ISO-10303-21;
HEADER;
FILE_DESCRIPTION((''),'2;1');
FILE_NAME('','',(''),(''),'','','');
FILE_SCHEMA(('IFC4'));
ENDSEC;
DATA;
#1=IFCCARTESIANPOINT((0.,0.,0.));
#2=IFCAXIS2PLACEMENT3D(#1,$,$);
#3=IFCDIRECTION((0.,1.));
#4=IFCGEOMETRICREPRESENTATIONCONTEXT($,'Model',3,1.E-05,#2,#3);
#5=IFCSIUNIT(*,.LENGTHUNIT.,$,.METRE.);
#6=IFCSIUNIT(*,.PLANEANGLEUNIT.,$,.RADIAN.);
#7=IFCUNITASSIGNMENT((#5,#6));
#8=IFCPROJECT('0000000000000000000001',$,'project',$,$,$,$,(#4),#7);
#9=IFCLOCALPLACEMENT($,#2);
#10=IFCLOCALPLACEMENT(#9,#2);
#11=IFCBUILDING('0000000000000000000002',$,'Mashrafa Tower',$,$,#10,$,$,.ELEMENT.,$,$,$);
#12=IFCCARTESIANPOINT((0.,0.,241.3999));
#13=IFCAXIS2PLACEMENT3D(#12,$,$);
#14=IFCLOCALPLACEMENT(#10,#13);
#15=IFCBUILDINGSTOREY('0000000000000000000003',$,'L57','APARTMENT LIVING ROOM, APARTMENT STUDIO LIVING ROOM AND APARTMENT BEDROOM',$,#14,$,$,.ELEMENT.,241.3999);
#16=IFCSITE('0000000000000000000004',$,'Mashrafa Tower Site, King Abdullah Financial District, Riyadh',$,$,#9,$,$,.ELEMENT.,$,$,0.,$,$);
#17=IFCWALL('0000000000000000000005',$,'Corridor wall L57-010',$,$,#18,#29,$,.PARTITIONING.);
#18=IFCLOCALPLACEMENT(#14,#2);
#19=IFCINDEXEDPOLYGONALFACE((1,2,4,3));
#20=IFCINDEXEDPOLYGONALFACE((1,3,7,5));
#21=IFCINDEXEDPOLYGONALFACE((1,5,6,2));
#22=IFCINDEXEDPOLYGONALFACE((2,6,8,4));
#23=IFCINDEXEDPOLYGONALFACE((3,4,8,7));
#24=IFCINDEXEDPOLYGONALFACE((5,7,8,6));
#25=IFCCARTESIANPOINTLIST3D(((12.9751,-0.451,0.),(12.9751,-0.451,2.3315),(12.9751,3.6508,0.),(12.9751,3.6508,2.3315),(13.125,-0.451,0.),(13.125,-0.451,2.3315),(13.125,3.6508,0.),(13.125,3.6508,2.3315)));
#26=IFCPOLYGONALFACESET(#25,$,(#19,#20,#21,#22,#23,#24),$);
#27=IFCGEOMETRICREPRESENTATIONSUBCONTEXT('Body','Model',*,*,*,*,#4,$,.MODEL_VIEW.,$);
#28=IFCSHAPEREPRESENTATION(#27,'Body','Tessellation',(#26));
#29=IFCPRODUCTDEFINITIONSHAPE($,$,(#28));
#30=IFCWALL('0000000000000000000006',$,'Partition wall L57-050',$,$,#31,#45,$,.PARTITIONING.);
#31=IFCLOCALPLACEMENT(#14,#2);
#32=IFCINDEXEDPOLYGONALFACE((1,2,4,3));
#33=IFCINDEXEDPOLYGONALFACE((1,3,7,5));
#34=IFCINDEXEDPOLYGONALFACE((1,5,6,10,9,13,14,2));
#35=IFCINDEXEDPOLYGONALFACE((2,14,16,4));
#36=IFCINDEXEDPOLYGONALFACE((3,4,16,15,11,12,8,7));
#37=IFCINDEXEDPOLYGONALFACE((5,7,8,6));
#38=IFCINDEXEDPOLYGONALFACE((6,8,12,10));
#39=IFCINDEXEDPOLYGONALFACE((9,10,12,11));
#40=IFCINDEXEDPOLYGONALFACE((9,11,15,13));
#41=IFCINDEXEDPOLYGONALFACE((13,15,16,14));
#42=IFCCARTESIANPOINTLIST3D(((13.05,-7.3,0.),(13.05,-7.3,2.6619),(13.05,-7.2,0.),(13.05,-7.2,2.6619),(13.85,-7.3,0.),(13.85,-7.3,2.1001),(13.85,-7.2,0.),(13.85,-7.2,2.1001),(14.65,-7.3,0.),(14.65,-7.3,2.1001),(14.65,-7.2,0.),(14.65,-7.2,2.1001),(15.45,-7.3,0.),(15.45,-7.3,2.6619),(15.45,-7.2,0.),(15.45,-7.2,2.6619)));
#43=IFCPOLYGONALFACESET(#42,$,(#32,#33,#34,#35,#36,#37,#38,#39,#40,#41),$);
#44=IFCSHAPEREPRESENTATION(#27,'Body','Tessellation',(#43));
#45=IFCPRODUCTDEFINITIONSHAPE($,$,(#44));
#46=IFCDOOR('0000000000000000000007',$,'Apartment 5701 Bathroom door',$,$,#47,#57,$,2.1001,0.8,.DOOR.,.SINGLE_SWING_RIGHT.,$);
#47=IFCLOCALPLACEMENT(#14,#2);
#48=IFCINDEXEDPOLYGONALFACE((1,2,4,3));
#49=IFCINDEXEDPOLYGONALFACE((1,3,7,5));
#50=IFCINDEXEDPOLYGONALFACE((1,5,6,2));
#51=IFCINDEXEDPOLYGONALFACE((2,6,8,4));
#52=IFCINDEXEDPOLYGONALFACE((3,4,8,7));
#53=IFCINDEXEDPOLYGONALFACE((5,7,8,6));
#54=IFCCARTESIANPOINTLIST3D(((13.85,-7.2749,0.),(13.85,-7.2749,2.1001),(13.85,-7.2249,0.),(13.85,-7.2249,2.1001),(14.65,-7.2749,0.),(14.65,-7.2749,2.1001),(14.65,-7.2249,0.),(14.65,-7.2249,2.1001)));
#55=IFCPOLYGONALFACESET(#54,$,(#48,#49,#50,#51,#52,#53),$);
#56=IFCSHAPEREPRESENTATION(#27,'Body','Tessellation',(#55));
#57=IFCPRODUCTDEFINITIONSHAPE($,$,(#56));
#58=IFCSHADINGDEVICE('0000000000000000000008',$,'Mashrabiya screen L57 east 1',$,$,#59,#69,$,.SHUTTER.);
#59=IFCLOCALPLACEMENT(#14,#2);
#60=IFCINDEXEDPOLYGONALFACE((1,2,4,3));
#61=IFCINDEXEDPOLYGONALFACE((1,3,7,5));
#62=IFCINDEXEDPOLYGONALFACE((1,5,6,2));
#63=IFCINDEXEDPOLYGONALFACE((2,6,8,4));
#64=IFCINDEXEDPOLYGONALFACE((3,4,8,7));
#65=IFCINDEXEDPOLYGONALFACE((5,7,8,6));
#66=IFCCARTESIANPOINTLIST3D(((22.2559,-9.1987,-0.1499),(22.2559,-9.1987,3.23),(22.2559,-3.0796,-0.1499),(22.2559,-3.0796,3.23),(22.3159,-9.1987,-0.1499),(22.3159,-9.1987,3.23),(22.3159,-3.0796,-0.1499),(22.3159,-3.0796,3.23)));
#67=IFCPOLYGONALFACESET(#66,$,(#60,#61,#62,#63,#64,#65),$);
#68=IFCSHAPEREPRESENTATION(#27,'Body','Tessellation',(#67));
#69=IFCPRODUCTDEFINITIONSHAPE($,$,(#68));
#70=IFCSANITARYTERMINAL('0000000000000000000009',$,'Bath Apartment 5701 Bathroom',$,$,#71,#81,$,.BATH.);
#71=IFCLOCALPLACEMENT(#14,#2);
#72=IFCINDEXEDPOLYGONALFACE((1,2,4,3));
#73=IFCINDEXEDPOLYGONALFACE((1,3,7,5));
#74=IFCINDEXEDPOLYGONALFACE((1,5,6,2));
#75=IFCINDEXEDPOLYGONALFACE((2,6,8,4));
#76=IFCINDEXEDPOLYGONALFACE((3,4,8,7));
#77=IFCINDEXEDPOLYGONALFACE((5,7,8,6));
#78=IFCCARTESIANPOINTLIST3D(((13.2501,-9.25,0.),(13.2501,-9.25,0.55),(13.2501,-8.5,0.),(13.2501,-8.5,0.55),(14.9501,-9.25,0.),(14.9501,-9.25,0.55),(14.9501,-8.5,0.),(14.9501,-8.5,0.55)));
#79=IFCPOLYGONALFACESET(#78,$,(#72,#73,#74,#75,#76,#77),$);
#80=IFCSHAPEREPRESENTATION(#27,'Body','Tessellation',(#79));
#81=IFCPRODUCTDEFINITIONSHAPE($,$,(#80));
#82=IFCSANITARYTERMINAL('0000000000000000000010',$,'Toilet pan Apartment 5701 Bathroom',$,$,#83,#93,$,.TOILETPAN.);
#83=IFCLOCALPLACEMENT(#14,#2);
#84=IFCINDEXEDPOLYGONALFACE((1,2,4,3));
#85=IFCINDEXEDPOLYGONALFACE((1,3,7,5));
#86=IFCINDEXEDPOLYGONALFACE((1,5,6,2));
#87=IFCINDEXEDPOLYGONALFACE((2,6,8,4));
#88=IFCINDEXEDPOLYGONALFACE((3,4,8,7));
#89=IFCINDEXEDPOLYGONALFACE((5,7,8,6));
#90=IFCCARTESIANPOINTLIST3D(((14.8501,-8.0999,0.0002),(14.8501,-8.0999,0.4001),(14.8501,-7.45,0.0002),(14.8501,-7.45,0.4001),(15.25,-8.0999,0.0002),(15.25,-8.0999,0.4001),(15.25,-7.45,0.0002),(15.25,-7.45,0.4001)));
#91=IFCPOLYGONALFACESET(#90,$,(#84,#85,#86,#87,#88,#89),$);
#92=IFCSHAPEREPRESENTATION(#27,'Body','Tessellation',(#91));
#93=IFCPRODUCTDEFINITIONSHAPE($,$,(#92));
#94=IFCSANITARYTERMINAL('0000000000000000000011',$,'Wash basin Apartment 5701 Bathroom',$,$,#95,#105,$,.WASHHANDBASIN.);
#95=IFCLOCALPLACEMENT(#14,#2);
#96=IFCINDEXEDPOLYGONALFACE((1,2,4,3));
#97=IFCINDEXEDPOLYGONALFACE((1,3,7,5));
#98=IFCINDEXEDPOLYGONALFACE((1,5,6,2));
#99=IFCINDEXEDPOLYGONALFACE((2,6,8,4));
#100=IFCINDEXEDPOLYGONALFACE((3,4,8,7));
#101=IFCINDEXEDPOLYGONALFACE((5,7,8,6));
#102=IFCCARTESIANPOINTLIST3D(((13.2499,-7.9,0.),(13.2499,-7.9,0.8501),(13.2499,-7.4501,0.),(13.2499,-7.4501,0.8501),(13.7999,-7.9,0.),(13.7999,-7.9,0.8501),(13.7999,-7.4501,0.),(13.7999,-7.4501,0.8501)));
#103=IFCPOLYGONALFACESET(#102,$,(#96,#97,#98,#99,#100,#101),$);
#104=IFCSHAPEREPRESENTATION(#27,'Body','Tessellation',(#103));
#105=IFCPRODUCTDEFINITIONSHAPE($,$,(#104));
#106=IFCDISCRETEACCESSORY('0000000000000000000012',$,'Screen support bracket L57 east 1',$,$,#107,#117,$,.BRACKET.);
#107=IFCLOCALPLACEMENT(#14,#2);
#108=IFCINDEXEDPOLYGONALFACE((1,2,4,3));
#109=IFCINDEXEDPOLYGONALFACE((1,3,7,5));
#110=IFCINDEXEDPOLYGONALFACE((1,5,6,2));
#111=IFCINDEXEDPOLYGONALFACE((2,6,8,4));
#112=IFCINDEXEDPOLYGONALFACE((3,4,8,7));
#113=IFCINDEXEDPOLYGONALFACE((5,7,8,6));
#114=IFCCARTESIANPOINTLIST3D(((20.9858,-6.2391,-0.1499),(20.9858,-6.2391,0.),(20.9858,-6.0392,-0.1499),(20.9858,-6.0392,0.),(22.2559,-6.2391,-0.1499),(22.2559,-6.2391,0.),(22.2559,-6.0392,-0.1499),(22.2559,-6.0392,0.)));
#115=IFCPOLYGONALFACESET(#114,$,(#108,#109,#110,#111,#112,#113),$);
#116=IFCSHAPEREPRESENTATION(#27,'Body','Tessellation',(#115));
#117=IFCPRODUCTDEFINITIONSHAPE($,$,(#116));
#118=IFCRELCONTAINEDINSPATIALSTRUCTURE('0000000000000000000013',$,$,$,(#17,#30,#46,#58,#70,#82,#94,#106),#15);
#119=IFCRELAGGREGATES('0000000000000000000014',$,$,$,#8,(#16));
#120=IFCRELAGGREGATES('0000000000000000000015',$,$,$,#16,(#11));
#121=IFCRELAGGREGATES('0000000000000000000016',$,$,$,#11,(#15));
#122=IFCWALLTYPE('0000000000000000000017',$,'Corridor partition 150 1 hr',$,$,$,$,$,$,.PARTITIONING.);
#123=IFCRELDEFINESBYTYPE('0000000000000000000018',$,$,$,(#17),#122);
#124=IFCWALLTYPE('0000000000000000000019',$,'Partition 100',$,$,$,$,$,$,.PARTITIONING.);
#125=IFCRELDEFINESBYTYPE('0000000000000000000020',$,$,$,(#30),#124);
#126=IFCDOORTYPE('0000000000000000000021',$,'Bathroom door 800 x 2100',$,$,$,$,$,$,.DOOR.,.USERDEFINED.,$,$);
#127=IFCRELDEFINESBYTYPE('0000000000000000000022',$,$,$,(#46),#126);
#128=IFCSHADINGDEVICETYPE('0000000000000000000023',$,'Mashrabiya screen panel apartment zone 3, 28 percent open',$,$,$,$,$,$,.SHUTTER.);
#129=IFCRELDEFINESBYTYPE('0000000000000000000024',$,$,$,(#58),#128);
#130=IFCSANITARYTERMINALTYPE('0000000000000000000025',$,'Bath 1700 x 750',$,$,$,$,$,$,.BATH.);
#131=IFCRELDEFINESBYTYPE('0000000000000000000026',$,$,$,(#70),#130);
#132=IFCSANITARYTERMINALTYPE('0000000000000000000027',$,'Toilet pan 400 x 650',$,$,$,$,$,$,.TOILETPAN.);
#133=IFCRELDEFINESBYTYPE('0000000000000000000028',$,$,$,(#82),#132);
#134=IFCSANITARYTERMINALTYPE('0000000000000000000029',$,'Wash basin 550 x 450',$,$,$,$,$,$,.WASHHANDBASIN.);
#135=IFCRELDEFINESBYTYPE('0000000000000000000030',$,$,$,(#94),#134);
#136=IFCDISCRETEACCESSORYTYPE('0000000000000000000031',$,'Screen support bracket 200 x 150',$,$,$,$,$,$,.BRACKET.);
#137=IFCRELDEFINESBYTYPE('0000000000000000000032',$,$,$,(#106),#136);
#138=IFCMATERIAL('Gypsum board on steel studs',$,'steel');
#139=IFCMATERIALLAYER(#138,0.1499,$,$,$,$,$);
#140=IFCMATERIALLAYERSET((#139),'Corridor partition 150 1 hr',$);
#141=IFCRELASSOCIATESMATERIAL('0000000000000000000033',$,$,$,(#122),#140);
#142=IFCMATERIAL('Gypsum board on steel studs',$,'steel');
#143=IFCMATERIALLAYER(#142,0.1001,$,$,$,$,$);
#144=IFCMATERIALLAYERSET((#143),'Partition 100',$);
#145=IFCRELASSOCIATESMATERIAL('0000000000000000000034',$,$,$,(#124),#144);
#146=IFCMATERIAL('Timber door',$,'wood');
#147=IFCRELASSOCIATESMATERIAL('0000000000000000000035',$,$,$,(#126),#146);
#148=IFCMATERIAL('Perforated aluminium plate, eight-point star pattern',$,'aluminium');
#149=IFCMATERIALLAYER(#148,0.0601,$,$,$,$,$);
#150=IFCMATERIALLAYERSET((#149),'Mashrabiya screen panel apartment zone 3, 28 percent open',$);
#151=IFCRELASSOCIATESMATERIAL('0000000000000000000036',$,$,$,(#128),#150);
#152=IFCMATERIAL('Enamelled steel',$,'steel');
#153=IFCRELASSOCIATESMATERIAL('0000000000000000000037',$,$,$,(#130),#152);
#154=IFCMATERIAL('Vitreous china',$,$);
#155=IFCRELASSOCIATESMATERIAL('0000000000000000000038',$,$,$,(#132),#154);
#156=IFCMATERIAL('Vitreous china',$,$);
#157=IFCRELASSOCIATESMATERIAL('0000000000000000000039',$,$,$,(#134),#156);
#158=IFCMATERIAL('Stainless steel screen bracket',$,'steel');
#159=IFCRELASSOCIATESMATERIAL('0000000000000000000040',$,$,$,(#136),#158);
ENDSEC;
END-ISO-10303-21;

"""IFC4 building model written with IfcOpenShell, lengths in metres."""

from ifc_helpers import new_model, si_unit, direction, frame, frame_2d, origin, origin_2d, place, context, subcontext, project, spatial, rectangle, extrude, source, transform, mapped, material, layer, layer_set, type_object, type_shapes, element, fill, save


model = new_model("IFC4")

# Units and contexts
model_context = context("Model", 3, precision=1e-05, world=origin(), true_north=direction((0.0, 1.0)))
body_context = subcontext(model_context, "Body", "Model", "MODEL_VIEW")
ifc_project = project(units=[si_unit("LENGTHUNIT", "METRE"), si_unit("PLANEANGLEUNIT", "RADIAN")], contexts=[model_context])

# Site, building, storey
site_placement = place(None, origin())
site = spatial("IfcSite", under=ifc_project, at=site_placement, Name="Mashrafa Tower Site, King Abdullah Financial District, Riyadh", CompositionType="ELEMENT", RefElevation=0.0)
building_placement = place(site_placement, origin())
building = spatial("IfcBuilding", under=site, at=building_placement, Name="Mashrafa Tower", CompositionType="ELEMENT")
storey_placement = place(building_placement, frame((0.0, 0.0, 241.3999)))
storey = spatial("IfcBuildingStorey", under=building, at=storey_placement, Name="L57", Description="APARTMENT LIVING ROOM, APARTMENT STUDIO LIVING ROOM AND APARTMENT BEDROOM", CompositionType="ELEMENT", Elevation=241.3999)

# Shared definitions
ifc_material_1 = material(Name="Gypsum board on steel studs", Category="steel")
ifc_layer_1 = layer(ifc_material_1, 0.1499)
ifc_layer_set_1 = layer_set([ifc_layer_1], Name="Corridor partition 150 1 hr")
wall_type_1 = type_object("IfcWallType", Name="Corridor partition 150 1 hr", PredefinedType="PARTITIONING", material=ifc_layer_set_1)

# Wall
wall_1_placement = place(storey_placement, frame((13.05, -0.4509, 0.0), z_axis=(0.0, 0.0, 1.0), x_axis=(0.0, 1.0, 0.0)))
element("IfcWall", 1, at=wall_1_placement, inside=storey, type_object=wall_type_1, Name="Corridor wall L57-010", PredefinedType="PARTITIONING", context=body_context, shape_type="SweptSolid", body=[
    extrude(rectangle(XDim=4.1018, YDim=0.1499, at=frame_2d((2.0508, 0.0))), origin(), (0.0, 0.0, 1.0), 2.3315),
])

# Wall, opening, door
ifc_material_2 = material(Name="Gypsum board on steel studs", Category="steel")
ifc_layer_2 = layer(ifc_material_2, 0.1001)
ifc_layer_set_2 = layer_set([ifc_layer_2], Name="Partition 100")
wall_type_2 = type_object("IfcWallType", Name="Partition 100", PredefinedType="PARTITIONING", material=ifc_layer_set_2)
wall_2_placement = place(storey_placement, frame((15.45, -7.25, 0.0), z_axis=(0.0, 0.0, 1.0), x_axis=(-1.0, 0.0, 0.0)))
wall_2 = element("IfcWall", 2, at=wall_2_placement, inside=storey, type_object=wall_type_2, Name="Partition wall L57-050", PredefinedType="PARTITIONING", context=body_context, shape_type="SweptSolid", body=[
    extrude(rectangle(XDim=2.3999, YDim=0.1001, at=frame_2d((1.2, 0.0))), origin(), (0.0, 0.0, 1.0), 2.6619),
])
opening_1_placement = place(wall_2_placement, frame((0.8, 0.0, 0.0)))
opening_1 = element("IfcOpeningElement", 3, at=opening_1_placement, cuts=wall_2, PredefinedType="OPENING", context=body_context, shape_type="SweptSolid", body=[
    extrude(rectangle(XDim=0.8, YDim=2.1001, at=frame_2d((0.3999, 1.05))), frame((0.0, 0.0601, 0.0), z_axis=(0.0, -1.0, 0.0), x_axis=(1.0, 0.0, 0.0)), (0.0, 0.0, 1.0), 0.1201),
])
ifc_material_3 = material(Name="Timber door", Category="wood")
door_type_1 = type_object("IfcDoorType", Name="Bathroom door 800 x 2100", OperationType="USERDEFINED", PredefinedType="DOOR", material=ifc_material_3)
door_1_placement = place(opening_1_placement, origin())
door_1 = element("IfcDoor", 4, at=door_1_placement, inside=storey, type_object=door_type_1, Name="Apartment 5701 Bathroom door", OperationType="SINGLE_SWING_RIGHT", OverallHeight=2.1001, OverallWidth=0.8, PredefinedType="DOOR", context=body_context, shape_type="SweptSolid", body=[
    extrude(rectangle(XDim=0.8, YDim=2.1001, at=frame_2d((0.3999, 1.05))), frame((0.0, 0.0249, 0.0), z_axis=(0.0, -1.0, 0.0), x_axis=(1.0, 0.0, 0.0)), (0.0, 0.0, 1.0), 0.05),
])
fill(opening_1, door_1)

# Shading device
ifc_material_4 = material(Name="Perforated aluminium plate, eight-point star pattern", Category="aluminium")
ifc_layer_3 = layer(ifc_material_4, 0.0601)
ifc_layer_set_3 = layer_set([ifc_layer_3], Name="Mashrabiya screen panel apartment zone 3, 28 percent open")
shading_device_type = type_object("IfcShadingDeviceType", Name="Mashrabiya screen panel apartment zone 3, 28 percent open", PredefinedType="SHUTTER", material=ifc_layer_set_3)
shared_shape_1 = source(origin(), body_context, "Body", "SweptSolid", [
    extrude(rectangle(XDim=6.1191, YDim=0.0601, at=origin_2d()), origin(), (0.0, 0.0, 1.0), 3.3799),
])
type_shapes(shading_device_type, [shared_shape_1])
shading_device_placement = place(storey_placement, frame((22.2859, -6.1392, -0.1499), z_axis=(0.0, 0.0, 1.0), x_axis=(0.0, 1.0, 0.0)))
element("IfcShadingDevice", 5, at=shading_device_placement, inside=storey, type_object=shading_device_type, Name="Mashrabiya screen L57 east 1", PredefinedType="SHUTTER", context=body_context, shape_type="MappedRepresentation", body=[
    mapped(shared_shape_1, transform((0.0, 0.0, 0.0))),
])

# Sanitary terminals
ifc_material_5 = material(Name="Enamelled steel", Category="steel")
sanitary_terminal_type_1 = type_object("IfcSanitaryTerminalType", Name="Bath 1700 x 750", PredefinedType="BATH", material=ifc_material_5)
sanitary_terminal_1_placement = place(storey_placement, frame((14.1001, -8.875, 0.0), z_axis=(0.0, 0.0, 1.0), x_axis=(1.0, 0.0, 0.0)))
element("IfcSanitaryTerminal", 6, at=sanitary_terminal_1_placement, inside=storey, type_object=sanitary_terminal_type_1, Name="Bath Apartment 5701 Bathroom", PredefinedType="BATH", context=body_context, shape_type="SweptSolid", body=[
    extrude(rectangle(XDim=1.7, YDim=0.75, at=origin_2d()), origin(), (0.0, 0.0, 1.0), 0.55),
])
ifc_material_6 = material(Name="Vitreous china")
sanitary_terminal_type_2 = type_object("IfcSanitaryTerminalType", Name="Toilet pan 400 x 650", PredefinedType="TOILETPAN", material=ifc_material_6)
sanitary_terminal_2_placement = place(storey_placement, frame((15.05, -7.7749, 0.0002), z_axis=(0.0, 0.0, 1.0), x_axis=(-1.0, 0.0, 0.0)))
element("IfcSanitaryTerminal", 7, at=sanitary_terminal_2_placement, inside=storey, type_object=sanitary_terminal_type_2, Name="Toilet pan Apartment 5701 Bathroom", PredefinedType="TOILETPAN", context=body_context, shape_type="SweptSolid", body=[
    extrude(rectangle(XDim=0.3999, YDim=0.6499, at=origin_2d()), origin(), (0.0, 0.0, 1.0), 0.3999),
])
ifc_material_7 = material(Name="Vitreous china")
sanitary_terminal_type_3 = type_object("IfcSanitaryTerminalType", Name="Wash basin 550 x 450", PredefinedType="WASHHANDBASIN", material=ifc_material_7)
sanitary_terminal_3_placement = place(storey_placement, frame((13.5249, -7.675, 0.0), z_axis=(0.0, 0.0, 1.0), x_axis=(-1.0, 0.0, 0.0)))
element("IfcSanitaryTerminal", 8, at=sanitary_terminal_3_placement, inside=storey, type_object=sanitary_terminal_type_3, Name="Wash basin Apartment 5701 Bathroom", PredefinedType="WASHHANDBASIN", context=body_context, shape_type="SweptSolid", body=[
    extrude(rectangle(XDim=0.55, YDim=0.45, at=origin_2d()), origin(), (0.0, 0.0, 1.0), 0.8501),
])

# Discrete accessory
ifc_material_8 = material(Name="Stainless steel screen bracket", Category="steel")
discrete_accessory_type = type_object("IfcDiscreteAccessoryType", Name="Screen support bracket 200 x 150", PredefinedType="BRACKET", material=ifc_material_8)
shared_shape_2 = source(origin(), body_context, "Body", "SweptSolid", [
    extrude(rectangle(XDim=0.2, YDim=1.27, at=origin_2d()), origin(), (0.0, 0.0, 1.0), 0.1499),
])
type_shapes(discrete_accessory_type, [shared_shape_2])
discrete_accessory_placement = place(storey_placement, frame((21.6208, -6.1392, -0.1499), z_axis=(0.0, 0.0, 1.0), x_axis=(0.0, 1.0, 0.0)))
element("IfcDiscreteAccessory", 9, at=discrete_accessory_placement, inside=storey, type_object=discrete_accessory_type, Name="Screen support bracket L57 east 1", PredefinedType="BRACKET", context=body_context, shape_type="MappedRepresentation", body=[
    mapped(shared_shape_2, transform((0.0, 0.0, 0.0))),
])

save(model, "model.ifc")
